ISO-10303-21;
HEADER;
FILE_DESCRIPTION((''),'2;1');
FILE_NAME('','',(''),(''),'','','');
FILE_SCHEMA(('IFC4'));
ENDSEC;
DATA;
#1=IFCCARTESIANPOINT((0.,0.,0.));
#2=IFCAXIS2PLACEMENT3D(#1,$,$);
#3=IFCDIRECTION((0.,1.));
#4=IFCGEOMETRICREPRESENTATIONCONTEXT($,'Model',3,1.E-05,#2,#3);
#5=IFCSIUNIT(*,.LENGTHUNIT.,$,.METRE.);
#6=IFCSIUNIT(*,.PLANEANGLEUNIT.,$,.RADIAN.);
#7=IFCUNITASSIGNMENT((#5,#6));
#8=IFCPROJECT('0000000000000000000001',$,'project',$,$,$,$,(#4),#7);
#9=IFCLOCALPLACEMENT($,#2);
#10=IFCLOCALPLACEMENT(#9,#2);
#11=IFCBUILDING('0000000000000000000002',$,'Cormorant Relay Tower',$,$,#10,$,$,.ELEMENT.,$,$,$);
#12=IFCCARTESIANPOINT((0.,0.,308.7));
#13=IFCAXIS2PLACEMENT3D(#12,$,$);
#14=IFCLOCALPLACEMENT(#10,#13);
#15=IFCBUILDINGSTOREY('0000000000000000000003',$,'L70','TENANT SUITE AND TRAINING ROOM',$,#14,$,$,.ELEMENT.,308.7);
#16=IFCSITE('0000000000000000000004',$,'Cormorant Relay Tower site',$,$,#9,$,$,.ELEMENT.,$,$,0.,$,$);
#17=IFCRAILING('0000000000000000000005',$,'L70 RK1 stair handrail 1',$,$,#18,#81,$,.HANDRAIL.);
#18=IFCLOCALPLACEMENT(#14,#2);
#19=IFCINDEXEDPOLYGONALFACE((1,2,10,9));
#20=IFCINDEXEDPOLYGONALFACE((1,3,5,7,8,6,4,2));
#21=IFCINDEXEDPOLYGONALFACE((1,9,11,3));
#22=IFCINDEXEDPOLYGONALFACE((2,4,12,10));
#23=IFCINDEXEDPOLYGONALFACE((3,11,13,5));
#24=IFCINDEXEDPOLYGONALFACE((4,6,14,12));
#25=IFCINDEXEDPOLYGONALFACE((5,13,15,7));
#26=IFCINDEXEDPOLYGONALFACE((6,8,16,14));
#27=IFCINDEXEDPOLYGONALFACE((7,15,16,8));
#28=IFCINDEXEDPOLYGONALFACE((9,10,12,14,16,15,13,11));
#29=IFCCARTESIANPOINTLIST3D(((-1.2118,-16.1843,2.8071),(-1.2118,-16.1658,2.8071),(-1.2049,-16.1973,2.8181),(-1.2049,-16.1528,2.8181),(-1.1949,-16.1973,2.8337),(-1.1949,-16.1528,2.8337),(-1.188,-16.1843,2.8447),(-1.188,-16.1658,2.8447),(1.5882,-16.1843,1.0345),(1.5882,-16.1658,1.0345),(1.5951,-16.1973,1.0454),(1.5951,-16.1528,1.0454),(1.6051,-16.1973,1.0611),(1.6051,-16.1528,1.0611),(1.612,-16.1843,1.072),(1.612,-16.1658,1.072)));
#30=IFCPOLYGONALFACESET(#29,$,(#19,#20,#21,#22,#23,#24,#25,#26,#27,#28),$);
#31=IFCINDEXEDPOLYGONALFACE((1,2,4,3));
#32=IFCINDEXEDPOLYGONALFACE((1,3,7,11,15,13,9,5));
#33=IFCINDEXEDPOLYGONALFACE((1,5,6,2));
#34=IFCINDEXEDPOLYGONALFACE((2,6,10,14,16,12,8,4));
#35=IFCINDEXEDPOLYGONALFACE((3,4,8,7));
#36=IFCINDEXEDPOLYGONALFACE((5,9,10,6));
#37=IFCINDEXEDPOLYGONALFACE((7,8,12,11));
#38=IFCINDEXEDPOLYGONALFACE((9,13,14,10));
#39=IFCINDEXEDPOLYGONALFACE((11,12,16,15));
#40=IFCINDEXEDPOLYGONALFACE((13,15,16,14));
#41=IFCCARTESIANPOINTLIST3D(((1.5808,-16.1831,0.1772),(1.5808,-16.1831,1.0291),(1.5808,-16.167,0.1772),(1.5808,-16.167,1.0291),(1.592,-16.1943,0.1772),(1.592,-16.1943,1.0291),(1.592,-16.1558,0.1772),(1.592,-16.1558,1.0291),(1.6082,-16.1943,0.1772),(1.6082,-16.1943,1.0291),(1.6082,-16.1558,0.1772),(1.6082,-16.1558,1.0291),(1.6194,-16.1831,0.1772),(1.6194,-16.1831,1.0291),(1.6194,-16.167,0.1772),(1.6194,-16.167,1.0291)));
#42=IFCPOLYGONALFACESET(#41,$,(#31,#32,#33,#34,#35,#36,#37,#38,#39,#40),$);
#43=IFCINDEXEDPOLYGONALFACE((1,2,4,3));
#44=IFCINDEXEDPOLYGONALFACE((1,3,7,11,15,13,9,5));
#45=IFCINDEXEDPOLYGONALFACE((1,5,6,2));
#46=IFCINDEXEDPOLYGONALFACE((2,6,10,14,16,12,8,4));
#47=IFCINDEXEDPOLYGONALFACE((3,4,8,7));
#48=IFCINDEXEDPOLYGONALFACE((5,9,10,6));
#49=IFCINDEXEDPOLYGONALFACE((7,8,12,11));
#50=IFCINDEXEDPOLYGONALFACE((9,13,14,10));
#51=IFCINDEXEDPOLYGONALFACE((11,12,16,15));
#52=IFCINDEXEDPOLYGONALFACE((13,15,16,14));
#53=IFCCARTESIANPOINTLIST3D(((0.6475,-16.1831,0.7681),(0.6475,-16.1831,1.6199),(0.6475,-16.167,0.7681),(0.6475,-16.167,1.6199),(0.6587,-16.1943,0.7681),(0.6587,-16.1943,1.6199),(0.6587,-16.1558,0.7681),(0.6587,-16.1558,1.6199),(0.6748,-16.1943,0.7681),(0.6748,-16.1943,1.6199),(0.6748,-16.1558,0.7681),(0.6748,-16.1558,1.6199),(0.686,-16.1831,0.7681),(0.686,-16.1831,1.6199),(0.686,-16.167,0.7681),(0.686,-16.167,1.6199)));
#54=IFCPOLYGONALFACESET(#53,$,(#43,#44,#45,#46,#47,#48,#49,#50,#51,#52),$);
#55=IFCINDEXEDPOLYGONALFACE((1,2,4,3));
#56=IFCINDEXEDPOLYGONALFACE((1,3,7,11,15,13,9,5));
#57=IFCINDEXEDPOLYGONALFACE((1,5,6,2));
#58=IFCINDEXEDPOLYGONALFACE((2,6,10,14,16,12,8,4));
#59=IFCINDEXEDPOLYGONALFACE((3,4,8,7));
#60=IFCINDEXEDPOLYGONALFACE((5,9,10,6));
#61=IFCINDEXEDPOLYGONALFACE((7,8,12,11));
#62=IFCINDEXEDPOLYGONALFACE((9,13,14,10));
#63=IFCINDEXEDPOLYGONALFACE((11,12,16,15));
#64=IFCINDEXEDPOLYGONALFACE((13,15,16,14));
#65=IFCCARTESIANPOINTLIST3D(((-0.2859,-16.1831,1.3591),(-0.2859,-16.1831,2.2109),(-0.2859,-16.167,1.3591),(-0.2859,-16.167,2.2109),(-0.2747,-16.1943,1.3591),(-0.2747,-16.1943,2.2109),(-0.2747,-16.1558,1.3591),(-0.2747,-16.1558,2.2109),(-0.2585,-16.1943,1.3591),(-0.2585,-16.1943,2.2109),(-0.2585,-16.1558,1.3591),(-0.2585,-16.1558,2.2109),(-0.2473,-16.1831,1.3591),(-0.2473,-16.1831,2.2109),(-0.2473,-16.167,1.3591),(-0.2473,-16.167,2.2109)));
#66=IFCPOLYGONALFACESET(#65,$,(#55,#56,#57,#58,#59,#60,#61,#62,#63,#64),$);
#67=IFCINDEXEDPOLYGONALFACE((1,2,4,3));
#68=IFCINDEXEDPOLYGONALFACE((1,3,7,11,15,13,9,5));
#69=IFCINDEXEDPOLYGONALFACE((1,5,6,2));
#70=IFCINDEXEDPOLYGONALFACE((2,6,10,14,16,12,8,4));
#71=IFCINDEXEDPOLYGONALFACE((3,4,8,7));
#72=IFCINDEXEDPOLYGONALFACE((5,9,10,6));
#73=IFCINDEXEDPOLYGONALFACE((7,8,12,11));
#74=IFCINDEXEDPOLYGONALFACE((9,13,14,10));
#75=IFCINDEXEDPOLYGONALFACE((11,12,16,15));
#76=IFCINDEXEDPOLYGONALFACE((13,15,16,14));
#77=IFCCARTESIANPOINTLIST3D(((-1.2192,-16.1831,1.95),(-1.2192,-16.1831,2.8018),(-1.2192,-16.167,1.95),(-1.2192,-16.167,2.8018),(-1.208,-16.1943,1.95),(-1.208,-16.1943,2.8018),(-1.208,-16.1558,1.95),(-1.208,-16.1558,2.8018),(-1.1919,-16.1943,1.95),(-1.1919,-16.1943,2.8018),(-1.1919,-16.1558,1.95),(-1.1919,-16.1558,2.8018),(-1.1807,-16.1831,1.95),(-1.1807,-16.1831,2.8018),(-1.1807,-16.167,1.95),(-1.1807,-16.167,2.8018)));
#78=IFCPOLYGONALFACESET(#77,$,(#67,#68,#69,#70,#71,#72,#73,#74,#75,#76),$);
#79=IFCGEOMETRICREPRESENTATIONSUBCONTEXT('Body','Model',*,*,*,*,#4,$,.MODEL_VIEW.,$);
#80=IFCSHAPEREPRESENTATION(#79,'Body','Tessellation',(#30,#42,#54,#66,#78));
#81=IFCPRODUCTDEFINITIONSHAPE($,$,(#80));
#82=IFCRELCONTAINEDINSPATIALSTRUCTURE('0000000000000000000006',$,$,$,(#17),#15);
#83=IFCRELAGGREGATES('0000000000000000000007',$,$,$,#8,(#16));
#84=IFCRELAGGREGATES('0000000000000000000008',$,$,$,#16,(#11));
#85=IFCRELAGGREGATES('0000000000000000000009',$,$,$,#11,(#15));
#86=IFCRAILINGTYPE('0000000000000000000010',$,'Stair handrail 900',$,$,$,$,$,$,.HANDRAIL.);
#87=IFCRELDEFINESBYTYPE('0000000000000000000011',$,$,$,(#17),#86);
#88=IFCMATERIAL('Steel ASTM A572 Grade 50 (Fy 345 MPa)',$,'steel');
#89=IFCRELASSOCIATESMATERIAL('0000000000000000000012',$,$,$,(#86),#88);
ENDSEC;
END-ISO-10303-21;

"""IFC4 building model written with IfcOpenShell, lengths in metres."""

from ifc_helpers import new_model, si_unit, direction, frame, origin, place, context, subcontext, project, spatial, polyline, outline, extrude, material, type_object, element, save


model = new_model("IFC4")

# Units and contexts
model_context = context("Model", 3, precision=1e-05, world=origin(), true_north=direction((0.0, 1.0)))
body_context = subcontext(model_context, "Body", "Model", "MODEL_VIEW")
ifc_project = project(units=[si_unit("LENGTHUNIT", "METRE"), si_unit("PLANEANGLEUNIT", "RADIAN")], contexts=[model_context])

# Site, building, storey
site_placement = place(None, origin())
site = spatial("IfcSite", under=ifc_project, at=site_placement, Name="Cormorant Relay Tower site", CompositionType="ELEMENT", RefElevation=0.0)
building_placement = place(site_placement, origin())
building = spatial("IfcBuilding", under=site, at=building_placement, Name="Cormorant Relay Tower", CompositionType="ELEMENT")
storey_placement = place(building_placement, frame((0.0, 0.0, 308.7)))
storey = spatial("IfcBuildingStorey", under=building, at=storey_placement, Name="L70", Description="TENANT SUITE AND TRAINING ROOM", CompositionType="ELEMENT", Elevation=308.7)

# Railing
ifc_material_1 = material(Name="Steel ASTM A572 Grade 50 (Fy 345 MPa)", Category="steel")
railing_type = type_object("IfcRailingType", Name="Stair handrail 900", PredefinedType="HANDRAIL", material=ifc_material_1)
railing_placement = place(storey_placement, frame((1.6001, -16.175, 0.1772)))
element("IfcRailing", 1, at=railing_placement, inside=storey, type_object=railing_type, Name="L70 RK1 stair handrail 1", PredefinedType="HANDRAIL", context=body_context, shape_type="SweptSolid", body=[
    extrude(outline(polyline([(0.0222, 0.0093), (0.0093, 0.0222), (-0.0093, 0.0222), (-0.0222, 0.0093), (-0.0222, -0.0093), (-0.0093, -0.0222), (0.0093, -0.0222), (0.0222, -0.0093), (0.0222, 0.0093)])), frame((0.0, 0.0, 0.876), z_axis=(-0.844909, 0.0, 0.53491), x_axis=(0.0, -1.0, 0.0)), (0.0, 0.0, 1.0), 3.314),
    extrude(outline(polyline([(0.0193, 0.0081), (0.0081, 0.0193), (-0.0081, 0.0193), (-0.0193, 0.0081), (-0.0193, -0.0081), (-0.0081, -0.0193), (0.0081, -0.0193), (0.0193, -0.0081), (0.0193, 0.0081)])), origin(), (0.0, 0.0, 1.0), 0.8518),
    extrude(outline(polyline([(0.0193, 0.0081), (0.0081, 0.0193), (-0.0081, 0.0193), (-0.0193, 0.0081), (-0.0193, -0.0081), (-0.0081, -0.0193), (0.0081, -0.0193), (0.0193, -0.0081), (0.0193, 0.0081)])), frame((-0.9333, 0.0, 0.5908)), (0.0, 0.0, 1.0), 0.8518),
    extrude(outline(polyline([(0.0193, 0.0081), (0.0081, 0.0193), (-0.0081, 0.0193), (-0.0193, 0.0081), (-0.0193, -0.0081), (-0.0081, -0.0193), (0.0081, -0.0193), (0.0193, -0.0081), (0.0193, 0.0081)])), frame((-1.8667, 0.0, 1.1819)), (0.0, 0.0, 1.0), 0.8518),
    extrude(outline(polyline([(0.0193, 0.0081), (0.0081, 0.0193), (-0.0081, 0.0193), (-0.0193, 0.0081), (-0.0193, -0.0081), (-0.0081, -0.0193), (0.0081, -0.0193), (0.0193, -0.0081), (0.0193, 0.0081)])), frame((-2.8, 0.0, 1.7727)), (0.0, 0.0, 1.0), 0.8518),
])

save(model, "model.ifc")
